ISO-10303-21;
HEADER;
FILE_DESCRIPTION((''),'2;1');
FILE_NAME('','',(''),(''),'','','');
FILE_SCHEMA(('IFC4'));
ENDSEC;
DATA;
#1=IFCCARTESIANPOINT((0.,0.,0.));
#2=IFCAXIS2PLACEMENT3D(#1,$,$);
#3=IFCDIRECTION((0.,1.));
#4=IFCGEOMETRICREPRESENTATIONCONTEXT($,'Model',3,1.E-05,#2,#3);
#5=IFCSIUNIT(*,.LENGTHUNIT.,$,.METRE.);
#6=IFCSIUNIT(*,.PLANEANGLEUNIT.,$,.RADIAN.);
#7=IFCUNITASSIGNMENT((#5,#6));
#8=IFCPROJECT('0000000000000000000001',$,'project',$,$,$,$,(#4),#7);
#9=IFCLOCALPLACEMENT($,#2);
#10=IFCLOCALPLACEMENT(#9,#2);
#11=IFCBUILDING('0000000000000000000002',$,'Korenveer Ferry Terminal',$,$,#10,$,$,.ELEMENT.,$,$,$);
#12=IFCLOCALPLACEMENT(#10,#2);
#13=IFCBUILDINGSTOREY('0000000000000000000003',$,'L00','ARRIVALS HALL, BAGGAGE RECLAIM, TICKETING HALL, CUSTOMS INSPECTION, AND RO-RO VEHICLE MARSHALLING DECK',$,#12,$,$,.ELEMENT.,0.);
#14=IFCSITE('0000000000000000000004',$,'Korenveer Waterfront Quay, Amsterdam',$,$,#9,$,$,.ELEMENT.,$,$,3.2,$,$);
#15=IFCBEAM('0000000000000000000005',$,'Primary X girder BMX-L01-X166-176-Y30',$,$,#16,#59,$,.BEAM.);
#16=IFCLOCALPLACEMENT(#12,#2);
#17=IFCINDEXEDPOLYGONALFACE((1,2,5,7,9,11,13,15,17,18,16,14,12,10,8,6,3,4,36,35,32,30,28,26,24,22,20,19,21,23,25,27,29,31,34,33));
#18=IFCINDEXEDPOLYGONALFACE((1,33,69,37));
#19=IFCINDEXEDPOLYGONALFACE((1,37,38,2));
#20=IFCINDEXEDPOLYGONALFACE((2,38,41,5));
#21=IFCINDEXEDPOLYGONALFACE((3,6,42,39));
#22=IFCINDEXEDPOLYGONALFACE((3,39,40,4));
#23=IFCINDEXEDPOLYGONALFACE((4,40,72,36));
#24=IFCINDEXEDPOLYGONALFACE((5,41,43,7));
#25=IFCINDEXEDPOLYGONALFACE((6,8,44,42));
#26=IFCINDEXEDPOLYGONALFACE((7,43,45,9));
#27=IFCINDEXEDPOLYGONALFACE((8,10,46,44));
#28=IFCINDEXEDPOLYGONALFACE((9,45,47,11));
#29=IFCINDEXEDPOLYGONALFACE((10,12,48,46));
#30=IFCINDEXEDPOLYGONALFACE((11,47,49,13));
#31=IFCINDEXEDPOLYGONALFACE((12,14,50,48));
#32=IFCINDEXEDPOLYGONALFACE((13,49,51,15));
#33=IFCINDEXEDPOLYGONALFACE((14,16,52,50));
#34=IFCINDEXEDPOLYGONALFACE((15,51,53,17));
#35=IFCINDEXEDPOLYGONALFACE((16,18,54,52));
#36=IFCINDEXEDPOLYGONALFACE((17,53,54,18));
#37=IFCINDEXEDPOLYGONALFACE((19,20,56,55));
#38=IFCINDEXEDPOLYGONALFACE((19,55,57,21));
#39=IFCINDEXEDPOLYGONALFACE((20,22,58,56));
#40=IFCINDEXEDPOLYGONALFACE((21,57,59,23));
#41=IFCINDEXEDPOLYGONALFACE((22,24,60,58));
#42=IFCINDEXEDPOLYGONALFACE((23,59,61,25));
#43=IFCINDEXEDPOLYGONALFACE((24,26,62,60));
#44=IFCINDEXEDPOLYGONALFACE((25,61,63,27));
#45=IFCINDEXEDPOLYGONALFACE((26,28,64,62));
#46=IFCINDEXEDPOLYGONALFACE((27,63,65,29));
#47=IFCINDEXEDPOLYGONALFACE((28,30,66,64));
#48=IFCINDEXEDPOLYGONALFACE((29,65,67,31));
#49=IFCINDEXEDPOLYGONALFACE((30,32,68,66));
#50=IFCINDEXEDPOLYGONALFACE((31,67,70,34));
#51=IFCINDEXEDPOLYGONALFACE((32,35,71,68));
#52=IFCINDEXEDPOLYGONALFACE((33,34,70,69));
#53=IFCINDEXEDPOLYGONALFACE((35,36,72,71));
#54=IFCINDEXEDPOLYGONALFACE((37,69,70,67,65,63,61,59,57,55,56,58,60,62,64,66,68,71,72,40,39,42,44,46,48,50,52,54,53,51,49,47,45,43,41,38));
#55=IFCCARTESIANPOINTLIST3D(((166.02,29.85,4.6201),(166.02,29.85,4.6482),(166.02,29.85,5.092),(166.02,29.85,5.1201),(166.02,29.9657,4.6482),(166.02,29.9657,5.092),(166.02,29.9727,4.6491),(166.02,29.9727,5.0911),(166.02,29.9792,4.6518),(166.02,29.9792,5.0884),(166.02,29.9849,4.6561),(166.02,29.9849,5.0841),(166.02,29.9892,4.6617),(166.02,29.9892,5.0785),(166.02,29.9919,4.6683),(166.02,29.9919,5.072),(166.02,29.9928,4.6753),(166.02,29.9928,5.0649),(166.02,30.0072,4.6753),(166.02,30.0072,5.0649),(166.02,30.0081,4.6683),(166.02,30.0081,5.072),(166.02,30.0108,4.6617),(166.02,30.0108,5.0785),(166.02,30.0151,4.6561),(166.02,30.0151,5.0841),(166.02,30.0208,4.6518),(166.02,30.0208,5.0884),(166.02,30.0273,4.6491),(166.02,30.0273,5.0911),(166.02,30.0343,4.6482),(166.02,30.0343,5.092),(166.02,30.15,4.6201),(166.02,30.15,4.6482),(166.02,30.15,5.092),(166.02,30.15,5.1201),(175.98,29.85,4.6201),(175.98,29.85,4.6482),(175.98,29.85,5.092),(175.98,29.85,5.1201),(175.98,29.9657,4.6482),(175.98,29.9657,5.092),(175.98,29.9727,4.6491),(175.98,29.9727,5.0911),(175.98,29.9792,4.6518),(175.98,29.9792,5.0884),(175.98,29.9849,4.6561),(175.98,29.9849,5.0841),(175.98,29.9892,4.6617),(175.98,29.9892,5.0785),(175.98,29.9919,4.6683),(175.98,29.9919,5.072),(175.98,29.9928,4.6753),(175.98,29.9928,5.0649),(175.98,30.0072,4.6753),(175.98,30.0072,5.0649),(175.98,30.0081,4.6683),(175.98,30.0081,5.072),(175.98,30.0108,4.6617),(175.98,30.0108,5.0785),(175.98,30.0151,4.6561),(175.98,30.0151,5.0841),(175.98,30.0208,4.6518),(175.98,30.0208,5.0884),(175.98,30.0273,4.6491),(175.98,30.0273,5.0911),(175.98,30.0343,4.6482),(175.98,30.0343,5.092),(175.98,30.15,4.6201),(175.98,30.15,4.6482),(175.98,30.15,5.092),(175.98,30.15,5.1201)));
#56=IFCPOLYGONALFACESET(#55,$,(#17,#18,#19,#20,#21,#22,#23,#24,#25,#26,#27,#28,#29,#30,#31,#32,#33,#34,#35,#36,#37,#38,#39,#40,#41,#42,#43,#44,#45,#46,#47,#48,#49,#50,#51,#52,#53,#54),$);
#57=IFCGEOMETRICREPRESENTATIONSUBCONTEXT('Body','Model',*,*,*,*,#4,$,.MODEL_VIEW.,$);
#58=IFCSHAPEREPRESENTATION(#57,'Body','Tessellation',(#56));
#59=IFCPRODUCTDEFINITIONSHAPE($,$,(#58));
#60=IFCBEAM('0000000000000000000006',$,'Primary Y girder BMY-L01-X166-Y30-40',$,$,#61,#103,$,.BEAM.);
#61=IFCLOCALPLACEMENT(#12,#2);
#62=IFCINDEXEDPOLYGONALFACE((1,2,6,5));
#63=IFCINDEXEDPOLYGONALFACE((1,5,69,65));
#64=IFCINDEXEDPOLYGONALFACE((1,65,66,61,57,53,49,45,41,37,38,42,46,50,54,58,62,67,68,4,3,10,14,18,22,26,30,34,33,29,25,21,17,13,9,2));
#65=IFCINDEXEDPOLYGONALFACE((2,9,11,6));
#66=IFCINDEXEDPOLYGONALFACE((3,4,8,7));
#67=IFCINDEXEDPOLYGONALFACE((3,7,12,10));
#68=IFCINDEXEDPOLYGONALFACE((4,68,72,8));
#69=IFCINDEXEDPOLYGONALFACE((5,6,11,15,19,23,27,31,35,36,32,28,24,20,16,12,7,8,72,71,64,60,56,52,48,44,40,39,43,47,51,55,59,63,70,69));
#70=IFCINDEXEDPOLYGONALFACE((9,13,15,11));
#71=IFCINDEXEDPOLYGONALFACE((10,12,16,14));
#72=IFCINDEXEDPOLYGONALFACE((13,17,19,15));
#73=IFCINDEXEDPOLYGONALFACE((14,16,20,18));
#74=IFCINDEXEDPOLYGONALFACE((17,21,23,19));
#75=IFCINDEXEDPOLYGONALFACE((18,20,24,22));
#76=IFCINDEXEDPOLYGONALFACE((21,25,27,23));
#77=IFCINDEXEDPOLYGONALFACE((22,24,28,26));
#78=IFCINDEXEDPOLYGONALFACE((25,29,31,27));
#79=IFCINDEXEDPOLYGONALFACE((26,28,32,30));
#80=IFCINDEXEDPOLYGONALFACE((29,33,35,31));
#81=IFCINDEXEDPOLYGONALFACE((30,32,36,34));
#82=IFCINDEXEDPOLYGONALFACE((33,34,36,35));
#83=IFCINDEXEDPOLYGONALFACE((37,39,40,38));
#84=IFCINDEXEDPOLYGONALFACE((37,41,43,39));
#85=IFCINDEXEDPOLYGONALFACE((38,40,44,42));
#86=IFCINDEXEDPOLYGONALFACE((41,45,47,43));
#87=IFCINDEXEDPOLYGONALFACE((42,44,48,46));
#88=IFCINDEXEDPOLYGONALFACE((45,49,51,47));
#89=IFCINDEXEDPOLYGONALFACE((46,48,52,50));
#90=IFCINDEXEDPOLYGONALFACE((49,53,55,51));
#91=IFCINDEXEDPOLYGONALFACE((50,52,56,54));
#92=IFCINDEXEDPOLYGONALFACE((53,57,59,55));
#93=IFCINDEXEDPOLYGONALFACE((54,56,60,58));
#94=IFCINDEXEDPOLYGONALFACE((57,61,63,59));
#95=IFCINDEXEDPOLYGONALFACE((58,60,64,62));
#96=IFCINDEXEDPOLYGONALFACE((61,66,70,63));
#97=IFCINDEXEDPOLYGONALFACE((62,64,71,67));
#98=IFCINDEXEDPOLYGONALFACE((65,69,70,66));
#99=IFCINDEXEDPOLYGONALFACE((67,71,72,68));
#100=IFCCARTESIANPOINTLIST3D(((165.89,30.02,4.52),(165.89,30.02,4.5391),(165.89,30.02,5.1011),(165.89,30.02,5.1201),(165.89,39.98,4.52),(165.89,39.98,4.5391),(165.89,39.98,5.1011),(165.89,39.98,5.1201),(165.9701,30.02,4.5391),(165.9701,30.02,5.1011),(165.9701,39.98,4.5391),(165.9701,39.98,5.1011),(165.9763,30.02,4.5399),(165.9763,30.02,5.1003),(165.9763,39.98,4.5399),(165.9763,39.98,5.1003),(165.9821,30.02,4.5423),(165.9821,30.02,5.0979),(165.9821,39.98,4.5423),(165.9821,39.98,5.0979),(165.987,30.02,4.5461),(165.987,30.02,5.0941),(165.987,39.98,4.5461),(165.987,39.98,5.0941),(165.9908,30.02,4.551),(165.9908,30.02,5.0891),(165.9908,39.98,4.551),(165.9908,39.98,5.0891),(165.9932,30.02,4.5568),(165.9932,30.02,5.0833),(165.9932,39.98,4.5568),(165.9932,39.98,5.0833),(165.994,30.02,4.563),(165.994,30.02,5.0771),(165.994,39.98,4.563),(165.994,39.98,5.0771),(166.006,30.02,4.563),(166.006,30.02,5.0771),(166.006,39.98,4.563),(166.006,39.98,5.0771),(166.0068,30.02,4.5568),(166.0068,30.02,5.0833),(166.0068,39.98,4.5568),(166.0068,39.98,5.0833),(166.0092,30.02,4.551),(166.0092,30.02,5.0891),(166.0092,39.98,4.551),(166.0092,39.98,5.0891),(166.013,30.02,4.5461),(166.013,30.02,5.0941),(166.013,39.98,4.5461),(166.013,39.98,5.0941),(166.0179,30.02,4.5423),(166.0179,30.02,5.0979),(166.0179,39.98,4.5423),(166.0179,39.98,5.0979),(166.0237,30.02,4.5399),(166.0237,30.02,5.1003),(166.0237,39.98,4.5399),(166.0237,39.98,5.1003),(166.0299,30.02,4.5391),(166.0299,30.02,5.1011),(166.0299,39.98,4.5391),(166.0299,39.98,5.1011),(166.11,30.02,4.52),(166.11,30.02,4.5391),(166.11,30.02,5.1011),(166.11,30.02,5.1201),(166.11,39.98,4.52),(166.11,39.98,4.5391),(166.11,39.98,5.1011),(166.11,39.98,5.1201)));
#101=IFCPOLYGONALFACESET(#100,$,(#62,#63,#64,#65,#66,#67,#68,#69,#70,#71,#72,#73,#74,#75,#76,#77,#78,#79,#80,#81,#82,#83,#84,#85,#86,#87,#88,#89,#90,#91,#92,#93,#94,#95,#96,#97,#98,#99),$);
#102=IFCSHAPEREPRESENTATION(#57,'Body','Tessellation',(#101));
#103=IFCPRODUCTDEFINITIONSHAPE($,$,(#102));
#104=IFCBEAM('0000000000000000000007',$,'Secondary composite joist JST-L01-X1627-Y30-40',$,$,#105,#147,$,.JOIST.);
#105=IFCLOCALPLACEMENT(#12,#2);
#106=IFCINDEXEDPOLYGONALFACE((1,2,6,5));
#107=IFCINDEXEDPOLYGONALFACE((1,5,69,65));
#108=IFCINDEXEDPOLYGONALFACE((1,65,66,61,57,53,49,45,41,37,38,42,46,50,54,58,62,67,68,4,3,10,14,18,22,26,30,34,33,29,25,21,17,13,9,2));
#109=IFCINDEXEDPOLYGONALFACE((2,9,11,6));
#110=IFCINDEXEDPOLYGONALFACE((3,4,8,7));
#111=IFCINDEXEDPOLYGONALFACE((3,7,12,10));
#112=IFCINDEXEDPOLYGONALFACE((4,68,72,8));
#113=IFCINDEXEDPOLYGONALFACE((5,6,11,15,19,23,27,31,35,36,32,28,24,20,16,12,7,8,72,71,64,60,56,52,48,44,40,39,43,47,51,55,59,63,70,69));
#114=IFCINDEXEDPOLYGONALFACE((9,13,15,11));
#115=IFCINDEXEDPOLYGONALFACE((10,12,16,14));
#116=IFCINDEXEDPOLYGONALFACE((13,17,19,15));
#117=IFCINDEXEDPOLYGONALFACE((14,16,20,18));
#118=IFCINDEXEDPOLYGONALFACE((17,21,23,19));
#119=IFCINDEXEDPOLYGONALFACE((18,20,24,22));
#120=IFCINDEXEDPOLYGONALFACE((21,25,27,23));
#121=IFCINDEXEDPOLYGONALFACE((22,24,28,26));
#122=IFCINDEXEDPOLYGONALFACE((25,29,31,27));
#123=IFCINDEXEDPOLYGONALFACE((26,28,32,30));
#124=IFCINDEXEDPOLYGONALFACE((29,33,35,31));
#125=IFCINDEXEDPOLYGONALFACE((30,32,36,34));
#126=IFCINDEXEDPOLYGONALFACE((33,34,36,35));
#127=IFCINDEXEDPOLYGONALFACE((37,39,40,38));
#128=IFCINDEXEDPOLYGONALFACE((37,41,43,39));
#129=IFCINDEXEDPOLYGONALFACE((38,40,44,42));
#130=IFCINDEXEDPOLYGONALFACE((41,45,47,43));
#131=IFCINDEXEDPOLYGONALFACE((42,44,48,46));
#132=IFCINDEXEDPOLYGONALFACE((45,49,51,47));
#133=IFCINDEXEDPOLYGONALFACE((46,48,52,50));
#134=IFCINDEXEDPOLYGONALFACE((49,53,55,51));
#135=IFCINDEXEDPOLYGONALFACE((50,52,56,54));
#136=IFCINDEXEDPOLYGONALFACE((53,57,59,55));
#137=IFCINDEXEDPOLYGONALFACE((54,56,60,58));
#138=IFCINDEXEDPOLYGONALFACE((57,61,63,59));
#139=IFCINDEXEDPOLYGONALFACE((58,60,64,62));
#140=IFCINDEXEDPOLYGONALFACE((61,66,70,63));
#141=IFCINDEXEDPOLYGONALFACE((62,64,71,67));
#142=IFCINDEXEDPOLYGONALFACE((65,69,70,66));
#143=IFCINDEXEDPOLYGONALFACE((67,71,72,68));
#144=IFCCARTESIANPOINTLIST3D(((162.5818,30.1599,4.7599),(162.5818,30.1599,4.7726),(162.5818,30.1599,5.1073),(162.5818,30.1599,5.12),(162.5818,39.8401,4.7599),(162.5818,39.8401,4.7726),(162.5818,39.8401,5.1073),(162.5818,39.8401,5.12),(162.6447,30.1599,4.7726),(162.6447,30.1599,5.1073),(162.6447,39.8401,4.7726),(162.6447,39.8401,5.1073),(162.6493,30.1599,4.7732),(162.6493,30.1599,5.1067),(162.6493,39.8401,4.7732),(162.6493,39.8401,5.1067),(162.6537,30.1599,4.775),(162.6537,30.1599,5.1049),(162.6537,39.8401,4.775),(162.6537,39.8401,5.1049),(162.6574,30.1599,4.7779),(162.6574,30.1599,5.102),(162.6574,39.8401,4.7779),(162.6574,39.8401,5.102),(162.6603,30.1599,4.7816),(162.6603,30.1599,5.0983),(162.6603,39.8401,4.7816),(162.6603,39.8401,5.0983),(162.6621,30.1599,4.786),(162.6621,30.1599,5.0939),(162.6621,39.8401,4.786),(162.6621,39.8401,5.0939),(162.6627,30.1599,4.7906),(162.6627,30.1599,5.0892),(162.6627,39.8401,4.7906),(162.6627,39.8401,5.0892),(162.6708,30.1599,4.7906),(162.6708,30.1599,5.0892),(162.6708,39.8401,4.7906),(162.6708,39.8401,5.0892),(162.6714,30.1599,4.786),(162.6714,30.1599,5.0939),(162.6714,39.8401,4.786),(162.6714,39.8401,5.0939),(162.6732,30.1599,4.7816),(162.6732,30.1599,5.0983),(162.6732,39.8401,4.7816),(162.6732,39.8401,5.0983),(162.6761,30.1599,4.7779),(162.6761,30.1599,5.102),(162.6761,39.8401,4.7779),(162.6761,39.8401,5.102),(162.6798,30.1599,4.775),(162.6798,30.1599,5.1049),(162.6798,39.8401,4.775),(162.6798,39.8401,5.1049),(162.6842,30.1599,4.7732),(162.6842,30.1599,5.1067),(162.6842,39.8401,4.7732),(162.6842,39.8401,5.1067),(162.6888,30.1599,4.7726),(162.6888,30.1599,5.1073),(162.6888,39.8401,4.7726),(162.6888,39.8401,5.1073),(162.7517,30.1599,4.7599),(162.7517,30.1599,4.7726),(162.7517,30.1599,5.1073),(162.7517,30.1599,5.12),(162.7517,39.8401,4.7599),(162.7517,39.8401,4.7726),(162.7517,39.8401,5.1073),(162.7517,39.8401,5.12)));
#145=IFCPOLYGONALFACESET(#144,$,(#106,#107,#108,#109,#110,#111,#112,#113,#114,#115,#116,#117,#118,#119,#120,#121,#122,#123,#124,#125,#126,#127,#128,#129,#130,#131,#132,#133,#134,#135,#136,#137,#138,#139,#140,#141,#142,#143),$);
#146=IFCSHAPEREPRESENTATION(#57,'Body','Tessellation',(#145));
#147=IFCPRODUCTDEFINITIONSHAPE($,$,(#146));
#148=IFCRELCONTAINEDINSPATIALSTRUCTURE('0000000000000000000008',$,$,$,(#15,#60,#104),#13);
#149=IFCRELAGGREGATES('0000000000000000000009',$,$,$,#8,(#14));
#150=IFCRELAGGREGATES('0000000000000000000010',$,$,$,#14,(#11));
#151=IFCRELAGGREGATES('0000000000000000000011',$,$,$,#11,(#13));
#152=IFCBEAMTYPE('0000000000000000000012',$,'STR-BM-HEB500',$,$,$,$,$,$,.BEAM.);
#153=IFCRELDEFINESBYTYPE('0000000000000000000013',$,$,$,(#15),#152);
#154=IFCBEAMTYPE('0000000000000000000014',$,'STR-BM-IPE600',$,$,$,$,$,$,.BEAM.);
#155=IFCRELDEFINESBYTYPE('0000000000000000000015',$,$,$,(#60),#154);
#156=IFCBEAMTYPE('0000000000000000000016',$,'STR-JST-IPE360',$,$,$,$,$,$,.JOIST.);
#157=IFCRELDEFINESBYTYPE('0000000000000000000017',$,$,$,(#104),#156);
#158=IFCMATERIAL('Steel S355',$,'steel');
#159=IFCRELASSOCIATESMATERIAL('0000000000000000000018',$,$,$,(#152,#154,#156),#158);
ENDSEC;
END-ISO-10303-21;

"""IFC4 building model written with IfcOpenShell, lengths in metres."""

from ifc_helpers import new_model, si_unit, direction, frame, origin, origin_2d, place, context, subcontext, project, spatial, i_section, extrude, material, material_profile, profile_set, type_object, element, save


model = new_model("IFC4")

# Units and contexts
model_context = context("Model", 3, precision=1e-05, world=origin(), true_north=direction((0.0, 1.0)))
body_context = subcontext(model_context, "Body", "Model", "MODEL_VIEW")
ifc_project = project(units=[si_unit("LENGTHUNIT", "METRE"), si_unit("PLANEANGLEUNIT", "RADIAN")], contexts=[model_context])

# Site, building, storey
site_placement = place(None, origin())
site = spatial("IfcSite", under=ifc_project, at=site_placement, Name="Korenveer Waterfront Quay, Amsterdam", CompositionType="ELEMENT", RefElevation=3.2)
building_placement = place(site_placement, origin())
building = spatial("IfcBuilding", under=site, at=building_placement, Name="Korenveer Ferry Terminal", CompositionType="ELEMENT")
storey_placement = place(building_placement, origin())
storey = spatial("IfcBuildingStorey", under=building, at=storey_placement, Name="L00", Description="ARRIVALS HALL, BAGGAGE RECLAIM, TICKETING HALL, CUSTOMS INSPECTION, AND RO-RO VEHICLE MARSHALLING DECK", CompositionType="ELEMENT", Elevation=0.0)

# Beams
ifc_material_1 = material(Name="Steel S355", Category="steel")
ifc_material_profile_1 = material_profile(ifc_material_1, i_section(OverallWidth=0.3, OverallDepth=0.5, WebThickness=0.0144, FlangeThickness=0.0281, FilletRadius=0.0271, at=origin_2d()), Name="HEB 500")
ifc_profile_set_1 = profile_set([ifc_material_profile_1], Name="Steel S355")
beam_type_1 = type_object("IfcBeamType", Name="STR-BM-HEB500", PredefinedType="BEAM", material=ifc_profile_set_1)
beam_1_placement = place(storey_placement, frame((166.02, 30.0, 4.8701), z_axis=(1.0, 0.0, 0.0), x_axis=(0.0, 1.0, 0.0)))
element("IfcBeam", 1, at=beam_1_placement, inside=storey, type_object=beam_type_1, Name="Primary X girder BMX-L01-X166-176-Y30", PredefinedType="BEAM", context=body_context, shape_type="SweptSolid", body=[
    extrude(i_section(OverallWidth=0.3, OverallDepth=0.5, WebThickness=0.0144, FlangeThickness=0.0281, FilletRadius=0.0271, at=origin_2d()), origin(), (0.0, 0.0, 1.0), 9.96),
])
ifc_material_profile_2 = material_profile(ifc_material_1, i_section(OverallWidth=0.22, OverallDepth=0.6001, WebThickness=0.012, FlangeThickness=0.019, FilletRadius=0.0239, at=origin_2d()), Name="IPE 600")
ifc_profile_set_2 = profile_set([ifc_material_profile_2], Name="Steel S355")
beam_type_2 = type_object("IfcBeamType", Name="STR-BM-IPE600", PredefinedType="BEAM", material=ifc_profile_set_2)
beam_2_placement = place(storey_placement, frame((166.0, 30.02, 4.8201), z_axis=(0.0, 1.0, 0.0), x_axis=(-1.0, 0.0, 0.0)))
element("IfcBeam", 2, at=beam_2_placement, inside=storey, type_object=beam_type_2, Name="Primary Y girder BMY-L01-X166-Y30-40", PredefinedType="BEAM", context=body_context, shape_type="SweptSolid", body=[
    extrude(i_section(OverallWidth=0.22, OverallDepth=0.6001, WebThickness=0.012, FlangeThickness=0.019, FilletRadius=0.0239, at=origin_2d()), origin(), (0.0, 0.0, 1.0), 9.96),
])
ifc_material_profile_3 = material_profile(ifc_material_1, i_section(OverallWidth=0.1699, OverallDepth=0.3601, WebThickness=0.0081, FlangeThickness=0.0127, FilletRadius=0.0181, at=origin_2d()), Name="IPE 360")
ifc_profile_set_3 = profile_set([ifc_material_profile_3], Name="Steel S355")
beam_type_3 = type_object("IfcBeamType", Name="STR-JST-IPE360", PredefinedType="JOIST", material=ifc_profile_set_3)
beam_3_placement = place(storey_placement, frame((162.6667, 30.1599, 4.9399), z_axis=(0.0, 1.0, 0.0), x_axis=(-1.0, 0.0, 0.0)))
element("IfcBeam", 3, at=beam_3_placement, inside=storey, type_object=beam_type_3, Name="Secondary composite joist JST-L01-X1627-Y30-40", PredefinedType="JOIST", context=body_context, shape_type="SweptSolid", body=[
    extrude(i_section(OverallWidth=0.1699, OverallDepth=0.3601, WebThickness=0.0081, FlangeThickness=0.0127, FilletRadius=0.0181, at=origin_2d()), origin(), (0.0, 0.0, 1.0), 9.6802),
])

save(model, "model.ifc")
